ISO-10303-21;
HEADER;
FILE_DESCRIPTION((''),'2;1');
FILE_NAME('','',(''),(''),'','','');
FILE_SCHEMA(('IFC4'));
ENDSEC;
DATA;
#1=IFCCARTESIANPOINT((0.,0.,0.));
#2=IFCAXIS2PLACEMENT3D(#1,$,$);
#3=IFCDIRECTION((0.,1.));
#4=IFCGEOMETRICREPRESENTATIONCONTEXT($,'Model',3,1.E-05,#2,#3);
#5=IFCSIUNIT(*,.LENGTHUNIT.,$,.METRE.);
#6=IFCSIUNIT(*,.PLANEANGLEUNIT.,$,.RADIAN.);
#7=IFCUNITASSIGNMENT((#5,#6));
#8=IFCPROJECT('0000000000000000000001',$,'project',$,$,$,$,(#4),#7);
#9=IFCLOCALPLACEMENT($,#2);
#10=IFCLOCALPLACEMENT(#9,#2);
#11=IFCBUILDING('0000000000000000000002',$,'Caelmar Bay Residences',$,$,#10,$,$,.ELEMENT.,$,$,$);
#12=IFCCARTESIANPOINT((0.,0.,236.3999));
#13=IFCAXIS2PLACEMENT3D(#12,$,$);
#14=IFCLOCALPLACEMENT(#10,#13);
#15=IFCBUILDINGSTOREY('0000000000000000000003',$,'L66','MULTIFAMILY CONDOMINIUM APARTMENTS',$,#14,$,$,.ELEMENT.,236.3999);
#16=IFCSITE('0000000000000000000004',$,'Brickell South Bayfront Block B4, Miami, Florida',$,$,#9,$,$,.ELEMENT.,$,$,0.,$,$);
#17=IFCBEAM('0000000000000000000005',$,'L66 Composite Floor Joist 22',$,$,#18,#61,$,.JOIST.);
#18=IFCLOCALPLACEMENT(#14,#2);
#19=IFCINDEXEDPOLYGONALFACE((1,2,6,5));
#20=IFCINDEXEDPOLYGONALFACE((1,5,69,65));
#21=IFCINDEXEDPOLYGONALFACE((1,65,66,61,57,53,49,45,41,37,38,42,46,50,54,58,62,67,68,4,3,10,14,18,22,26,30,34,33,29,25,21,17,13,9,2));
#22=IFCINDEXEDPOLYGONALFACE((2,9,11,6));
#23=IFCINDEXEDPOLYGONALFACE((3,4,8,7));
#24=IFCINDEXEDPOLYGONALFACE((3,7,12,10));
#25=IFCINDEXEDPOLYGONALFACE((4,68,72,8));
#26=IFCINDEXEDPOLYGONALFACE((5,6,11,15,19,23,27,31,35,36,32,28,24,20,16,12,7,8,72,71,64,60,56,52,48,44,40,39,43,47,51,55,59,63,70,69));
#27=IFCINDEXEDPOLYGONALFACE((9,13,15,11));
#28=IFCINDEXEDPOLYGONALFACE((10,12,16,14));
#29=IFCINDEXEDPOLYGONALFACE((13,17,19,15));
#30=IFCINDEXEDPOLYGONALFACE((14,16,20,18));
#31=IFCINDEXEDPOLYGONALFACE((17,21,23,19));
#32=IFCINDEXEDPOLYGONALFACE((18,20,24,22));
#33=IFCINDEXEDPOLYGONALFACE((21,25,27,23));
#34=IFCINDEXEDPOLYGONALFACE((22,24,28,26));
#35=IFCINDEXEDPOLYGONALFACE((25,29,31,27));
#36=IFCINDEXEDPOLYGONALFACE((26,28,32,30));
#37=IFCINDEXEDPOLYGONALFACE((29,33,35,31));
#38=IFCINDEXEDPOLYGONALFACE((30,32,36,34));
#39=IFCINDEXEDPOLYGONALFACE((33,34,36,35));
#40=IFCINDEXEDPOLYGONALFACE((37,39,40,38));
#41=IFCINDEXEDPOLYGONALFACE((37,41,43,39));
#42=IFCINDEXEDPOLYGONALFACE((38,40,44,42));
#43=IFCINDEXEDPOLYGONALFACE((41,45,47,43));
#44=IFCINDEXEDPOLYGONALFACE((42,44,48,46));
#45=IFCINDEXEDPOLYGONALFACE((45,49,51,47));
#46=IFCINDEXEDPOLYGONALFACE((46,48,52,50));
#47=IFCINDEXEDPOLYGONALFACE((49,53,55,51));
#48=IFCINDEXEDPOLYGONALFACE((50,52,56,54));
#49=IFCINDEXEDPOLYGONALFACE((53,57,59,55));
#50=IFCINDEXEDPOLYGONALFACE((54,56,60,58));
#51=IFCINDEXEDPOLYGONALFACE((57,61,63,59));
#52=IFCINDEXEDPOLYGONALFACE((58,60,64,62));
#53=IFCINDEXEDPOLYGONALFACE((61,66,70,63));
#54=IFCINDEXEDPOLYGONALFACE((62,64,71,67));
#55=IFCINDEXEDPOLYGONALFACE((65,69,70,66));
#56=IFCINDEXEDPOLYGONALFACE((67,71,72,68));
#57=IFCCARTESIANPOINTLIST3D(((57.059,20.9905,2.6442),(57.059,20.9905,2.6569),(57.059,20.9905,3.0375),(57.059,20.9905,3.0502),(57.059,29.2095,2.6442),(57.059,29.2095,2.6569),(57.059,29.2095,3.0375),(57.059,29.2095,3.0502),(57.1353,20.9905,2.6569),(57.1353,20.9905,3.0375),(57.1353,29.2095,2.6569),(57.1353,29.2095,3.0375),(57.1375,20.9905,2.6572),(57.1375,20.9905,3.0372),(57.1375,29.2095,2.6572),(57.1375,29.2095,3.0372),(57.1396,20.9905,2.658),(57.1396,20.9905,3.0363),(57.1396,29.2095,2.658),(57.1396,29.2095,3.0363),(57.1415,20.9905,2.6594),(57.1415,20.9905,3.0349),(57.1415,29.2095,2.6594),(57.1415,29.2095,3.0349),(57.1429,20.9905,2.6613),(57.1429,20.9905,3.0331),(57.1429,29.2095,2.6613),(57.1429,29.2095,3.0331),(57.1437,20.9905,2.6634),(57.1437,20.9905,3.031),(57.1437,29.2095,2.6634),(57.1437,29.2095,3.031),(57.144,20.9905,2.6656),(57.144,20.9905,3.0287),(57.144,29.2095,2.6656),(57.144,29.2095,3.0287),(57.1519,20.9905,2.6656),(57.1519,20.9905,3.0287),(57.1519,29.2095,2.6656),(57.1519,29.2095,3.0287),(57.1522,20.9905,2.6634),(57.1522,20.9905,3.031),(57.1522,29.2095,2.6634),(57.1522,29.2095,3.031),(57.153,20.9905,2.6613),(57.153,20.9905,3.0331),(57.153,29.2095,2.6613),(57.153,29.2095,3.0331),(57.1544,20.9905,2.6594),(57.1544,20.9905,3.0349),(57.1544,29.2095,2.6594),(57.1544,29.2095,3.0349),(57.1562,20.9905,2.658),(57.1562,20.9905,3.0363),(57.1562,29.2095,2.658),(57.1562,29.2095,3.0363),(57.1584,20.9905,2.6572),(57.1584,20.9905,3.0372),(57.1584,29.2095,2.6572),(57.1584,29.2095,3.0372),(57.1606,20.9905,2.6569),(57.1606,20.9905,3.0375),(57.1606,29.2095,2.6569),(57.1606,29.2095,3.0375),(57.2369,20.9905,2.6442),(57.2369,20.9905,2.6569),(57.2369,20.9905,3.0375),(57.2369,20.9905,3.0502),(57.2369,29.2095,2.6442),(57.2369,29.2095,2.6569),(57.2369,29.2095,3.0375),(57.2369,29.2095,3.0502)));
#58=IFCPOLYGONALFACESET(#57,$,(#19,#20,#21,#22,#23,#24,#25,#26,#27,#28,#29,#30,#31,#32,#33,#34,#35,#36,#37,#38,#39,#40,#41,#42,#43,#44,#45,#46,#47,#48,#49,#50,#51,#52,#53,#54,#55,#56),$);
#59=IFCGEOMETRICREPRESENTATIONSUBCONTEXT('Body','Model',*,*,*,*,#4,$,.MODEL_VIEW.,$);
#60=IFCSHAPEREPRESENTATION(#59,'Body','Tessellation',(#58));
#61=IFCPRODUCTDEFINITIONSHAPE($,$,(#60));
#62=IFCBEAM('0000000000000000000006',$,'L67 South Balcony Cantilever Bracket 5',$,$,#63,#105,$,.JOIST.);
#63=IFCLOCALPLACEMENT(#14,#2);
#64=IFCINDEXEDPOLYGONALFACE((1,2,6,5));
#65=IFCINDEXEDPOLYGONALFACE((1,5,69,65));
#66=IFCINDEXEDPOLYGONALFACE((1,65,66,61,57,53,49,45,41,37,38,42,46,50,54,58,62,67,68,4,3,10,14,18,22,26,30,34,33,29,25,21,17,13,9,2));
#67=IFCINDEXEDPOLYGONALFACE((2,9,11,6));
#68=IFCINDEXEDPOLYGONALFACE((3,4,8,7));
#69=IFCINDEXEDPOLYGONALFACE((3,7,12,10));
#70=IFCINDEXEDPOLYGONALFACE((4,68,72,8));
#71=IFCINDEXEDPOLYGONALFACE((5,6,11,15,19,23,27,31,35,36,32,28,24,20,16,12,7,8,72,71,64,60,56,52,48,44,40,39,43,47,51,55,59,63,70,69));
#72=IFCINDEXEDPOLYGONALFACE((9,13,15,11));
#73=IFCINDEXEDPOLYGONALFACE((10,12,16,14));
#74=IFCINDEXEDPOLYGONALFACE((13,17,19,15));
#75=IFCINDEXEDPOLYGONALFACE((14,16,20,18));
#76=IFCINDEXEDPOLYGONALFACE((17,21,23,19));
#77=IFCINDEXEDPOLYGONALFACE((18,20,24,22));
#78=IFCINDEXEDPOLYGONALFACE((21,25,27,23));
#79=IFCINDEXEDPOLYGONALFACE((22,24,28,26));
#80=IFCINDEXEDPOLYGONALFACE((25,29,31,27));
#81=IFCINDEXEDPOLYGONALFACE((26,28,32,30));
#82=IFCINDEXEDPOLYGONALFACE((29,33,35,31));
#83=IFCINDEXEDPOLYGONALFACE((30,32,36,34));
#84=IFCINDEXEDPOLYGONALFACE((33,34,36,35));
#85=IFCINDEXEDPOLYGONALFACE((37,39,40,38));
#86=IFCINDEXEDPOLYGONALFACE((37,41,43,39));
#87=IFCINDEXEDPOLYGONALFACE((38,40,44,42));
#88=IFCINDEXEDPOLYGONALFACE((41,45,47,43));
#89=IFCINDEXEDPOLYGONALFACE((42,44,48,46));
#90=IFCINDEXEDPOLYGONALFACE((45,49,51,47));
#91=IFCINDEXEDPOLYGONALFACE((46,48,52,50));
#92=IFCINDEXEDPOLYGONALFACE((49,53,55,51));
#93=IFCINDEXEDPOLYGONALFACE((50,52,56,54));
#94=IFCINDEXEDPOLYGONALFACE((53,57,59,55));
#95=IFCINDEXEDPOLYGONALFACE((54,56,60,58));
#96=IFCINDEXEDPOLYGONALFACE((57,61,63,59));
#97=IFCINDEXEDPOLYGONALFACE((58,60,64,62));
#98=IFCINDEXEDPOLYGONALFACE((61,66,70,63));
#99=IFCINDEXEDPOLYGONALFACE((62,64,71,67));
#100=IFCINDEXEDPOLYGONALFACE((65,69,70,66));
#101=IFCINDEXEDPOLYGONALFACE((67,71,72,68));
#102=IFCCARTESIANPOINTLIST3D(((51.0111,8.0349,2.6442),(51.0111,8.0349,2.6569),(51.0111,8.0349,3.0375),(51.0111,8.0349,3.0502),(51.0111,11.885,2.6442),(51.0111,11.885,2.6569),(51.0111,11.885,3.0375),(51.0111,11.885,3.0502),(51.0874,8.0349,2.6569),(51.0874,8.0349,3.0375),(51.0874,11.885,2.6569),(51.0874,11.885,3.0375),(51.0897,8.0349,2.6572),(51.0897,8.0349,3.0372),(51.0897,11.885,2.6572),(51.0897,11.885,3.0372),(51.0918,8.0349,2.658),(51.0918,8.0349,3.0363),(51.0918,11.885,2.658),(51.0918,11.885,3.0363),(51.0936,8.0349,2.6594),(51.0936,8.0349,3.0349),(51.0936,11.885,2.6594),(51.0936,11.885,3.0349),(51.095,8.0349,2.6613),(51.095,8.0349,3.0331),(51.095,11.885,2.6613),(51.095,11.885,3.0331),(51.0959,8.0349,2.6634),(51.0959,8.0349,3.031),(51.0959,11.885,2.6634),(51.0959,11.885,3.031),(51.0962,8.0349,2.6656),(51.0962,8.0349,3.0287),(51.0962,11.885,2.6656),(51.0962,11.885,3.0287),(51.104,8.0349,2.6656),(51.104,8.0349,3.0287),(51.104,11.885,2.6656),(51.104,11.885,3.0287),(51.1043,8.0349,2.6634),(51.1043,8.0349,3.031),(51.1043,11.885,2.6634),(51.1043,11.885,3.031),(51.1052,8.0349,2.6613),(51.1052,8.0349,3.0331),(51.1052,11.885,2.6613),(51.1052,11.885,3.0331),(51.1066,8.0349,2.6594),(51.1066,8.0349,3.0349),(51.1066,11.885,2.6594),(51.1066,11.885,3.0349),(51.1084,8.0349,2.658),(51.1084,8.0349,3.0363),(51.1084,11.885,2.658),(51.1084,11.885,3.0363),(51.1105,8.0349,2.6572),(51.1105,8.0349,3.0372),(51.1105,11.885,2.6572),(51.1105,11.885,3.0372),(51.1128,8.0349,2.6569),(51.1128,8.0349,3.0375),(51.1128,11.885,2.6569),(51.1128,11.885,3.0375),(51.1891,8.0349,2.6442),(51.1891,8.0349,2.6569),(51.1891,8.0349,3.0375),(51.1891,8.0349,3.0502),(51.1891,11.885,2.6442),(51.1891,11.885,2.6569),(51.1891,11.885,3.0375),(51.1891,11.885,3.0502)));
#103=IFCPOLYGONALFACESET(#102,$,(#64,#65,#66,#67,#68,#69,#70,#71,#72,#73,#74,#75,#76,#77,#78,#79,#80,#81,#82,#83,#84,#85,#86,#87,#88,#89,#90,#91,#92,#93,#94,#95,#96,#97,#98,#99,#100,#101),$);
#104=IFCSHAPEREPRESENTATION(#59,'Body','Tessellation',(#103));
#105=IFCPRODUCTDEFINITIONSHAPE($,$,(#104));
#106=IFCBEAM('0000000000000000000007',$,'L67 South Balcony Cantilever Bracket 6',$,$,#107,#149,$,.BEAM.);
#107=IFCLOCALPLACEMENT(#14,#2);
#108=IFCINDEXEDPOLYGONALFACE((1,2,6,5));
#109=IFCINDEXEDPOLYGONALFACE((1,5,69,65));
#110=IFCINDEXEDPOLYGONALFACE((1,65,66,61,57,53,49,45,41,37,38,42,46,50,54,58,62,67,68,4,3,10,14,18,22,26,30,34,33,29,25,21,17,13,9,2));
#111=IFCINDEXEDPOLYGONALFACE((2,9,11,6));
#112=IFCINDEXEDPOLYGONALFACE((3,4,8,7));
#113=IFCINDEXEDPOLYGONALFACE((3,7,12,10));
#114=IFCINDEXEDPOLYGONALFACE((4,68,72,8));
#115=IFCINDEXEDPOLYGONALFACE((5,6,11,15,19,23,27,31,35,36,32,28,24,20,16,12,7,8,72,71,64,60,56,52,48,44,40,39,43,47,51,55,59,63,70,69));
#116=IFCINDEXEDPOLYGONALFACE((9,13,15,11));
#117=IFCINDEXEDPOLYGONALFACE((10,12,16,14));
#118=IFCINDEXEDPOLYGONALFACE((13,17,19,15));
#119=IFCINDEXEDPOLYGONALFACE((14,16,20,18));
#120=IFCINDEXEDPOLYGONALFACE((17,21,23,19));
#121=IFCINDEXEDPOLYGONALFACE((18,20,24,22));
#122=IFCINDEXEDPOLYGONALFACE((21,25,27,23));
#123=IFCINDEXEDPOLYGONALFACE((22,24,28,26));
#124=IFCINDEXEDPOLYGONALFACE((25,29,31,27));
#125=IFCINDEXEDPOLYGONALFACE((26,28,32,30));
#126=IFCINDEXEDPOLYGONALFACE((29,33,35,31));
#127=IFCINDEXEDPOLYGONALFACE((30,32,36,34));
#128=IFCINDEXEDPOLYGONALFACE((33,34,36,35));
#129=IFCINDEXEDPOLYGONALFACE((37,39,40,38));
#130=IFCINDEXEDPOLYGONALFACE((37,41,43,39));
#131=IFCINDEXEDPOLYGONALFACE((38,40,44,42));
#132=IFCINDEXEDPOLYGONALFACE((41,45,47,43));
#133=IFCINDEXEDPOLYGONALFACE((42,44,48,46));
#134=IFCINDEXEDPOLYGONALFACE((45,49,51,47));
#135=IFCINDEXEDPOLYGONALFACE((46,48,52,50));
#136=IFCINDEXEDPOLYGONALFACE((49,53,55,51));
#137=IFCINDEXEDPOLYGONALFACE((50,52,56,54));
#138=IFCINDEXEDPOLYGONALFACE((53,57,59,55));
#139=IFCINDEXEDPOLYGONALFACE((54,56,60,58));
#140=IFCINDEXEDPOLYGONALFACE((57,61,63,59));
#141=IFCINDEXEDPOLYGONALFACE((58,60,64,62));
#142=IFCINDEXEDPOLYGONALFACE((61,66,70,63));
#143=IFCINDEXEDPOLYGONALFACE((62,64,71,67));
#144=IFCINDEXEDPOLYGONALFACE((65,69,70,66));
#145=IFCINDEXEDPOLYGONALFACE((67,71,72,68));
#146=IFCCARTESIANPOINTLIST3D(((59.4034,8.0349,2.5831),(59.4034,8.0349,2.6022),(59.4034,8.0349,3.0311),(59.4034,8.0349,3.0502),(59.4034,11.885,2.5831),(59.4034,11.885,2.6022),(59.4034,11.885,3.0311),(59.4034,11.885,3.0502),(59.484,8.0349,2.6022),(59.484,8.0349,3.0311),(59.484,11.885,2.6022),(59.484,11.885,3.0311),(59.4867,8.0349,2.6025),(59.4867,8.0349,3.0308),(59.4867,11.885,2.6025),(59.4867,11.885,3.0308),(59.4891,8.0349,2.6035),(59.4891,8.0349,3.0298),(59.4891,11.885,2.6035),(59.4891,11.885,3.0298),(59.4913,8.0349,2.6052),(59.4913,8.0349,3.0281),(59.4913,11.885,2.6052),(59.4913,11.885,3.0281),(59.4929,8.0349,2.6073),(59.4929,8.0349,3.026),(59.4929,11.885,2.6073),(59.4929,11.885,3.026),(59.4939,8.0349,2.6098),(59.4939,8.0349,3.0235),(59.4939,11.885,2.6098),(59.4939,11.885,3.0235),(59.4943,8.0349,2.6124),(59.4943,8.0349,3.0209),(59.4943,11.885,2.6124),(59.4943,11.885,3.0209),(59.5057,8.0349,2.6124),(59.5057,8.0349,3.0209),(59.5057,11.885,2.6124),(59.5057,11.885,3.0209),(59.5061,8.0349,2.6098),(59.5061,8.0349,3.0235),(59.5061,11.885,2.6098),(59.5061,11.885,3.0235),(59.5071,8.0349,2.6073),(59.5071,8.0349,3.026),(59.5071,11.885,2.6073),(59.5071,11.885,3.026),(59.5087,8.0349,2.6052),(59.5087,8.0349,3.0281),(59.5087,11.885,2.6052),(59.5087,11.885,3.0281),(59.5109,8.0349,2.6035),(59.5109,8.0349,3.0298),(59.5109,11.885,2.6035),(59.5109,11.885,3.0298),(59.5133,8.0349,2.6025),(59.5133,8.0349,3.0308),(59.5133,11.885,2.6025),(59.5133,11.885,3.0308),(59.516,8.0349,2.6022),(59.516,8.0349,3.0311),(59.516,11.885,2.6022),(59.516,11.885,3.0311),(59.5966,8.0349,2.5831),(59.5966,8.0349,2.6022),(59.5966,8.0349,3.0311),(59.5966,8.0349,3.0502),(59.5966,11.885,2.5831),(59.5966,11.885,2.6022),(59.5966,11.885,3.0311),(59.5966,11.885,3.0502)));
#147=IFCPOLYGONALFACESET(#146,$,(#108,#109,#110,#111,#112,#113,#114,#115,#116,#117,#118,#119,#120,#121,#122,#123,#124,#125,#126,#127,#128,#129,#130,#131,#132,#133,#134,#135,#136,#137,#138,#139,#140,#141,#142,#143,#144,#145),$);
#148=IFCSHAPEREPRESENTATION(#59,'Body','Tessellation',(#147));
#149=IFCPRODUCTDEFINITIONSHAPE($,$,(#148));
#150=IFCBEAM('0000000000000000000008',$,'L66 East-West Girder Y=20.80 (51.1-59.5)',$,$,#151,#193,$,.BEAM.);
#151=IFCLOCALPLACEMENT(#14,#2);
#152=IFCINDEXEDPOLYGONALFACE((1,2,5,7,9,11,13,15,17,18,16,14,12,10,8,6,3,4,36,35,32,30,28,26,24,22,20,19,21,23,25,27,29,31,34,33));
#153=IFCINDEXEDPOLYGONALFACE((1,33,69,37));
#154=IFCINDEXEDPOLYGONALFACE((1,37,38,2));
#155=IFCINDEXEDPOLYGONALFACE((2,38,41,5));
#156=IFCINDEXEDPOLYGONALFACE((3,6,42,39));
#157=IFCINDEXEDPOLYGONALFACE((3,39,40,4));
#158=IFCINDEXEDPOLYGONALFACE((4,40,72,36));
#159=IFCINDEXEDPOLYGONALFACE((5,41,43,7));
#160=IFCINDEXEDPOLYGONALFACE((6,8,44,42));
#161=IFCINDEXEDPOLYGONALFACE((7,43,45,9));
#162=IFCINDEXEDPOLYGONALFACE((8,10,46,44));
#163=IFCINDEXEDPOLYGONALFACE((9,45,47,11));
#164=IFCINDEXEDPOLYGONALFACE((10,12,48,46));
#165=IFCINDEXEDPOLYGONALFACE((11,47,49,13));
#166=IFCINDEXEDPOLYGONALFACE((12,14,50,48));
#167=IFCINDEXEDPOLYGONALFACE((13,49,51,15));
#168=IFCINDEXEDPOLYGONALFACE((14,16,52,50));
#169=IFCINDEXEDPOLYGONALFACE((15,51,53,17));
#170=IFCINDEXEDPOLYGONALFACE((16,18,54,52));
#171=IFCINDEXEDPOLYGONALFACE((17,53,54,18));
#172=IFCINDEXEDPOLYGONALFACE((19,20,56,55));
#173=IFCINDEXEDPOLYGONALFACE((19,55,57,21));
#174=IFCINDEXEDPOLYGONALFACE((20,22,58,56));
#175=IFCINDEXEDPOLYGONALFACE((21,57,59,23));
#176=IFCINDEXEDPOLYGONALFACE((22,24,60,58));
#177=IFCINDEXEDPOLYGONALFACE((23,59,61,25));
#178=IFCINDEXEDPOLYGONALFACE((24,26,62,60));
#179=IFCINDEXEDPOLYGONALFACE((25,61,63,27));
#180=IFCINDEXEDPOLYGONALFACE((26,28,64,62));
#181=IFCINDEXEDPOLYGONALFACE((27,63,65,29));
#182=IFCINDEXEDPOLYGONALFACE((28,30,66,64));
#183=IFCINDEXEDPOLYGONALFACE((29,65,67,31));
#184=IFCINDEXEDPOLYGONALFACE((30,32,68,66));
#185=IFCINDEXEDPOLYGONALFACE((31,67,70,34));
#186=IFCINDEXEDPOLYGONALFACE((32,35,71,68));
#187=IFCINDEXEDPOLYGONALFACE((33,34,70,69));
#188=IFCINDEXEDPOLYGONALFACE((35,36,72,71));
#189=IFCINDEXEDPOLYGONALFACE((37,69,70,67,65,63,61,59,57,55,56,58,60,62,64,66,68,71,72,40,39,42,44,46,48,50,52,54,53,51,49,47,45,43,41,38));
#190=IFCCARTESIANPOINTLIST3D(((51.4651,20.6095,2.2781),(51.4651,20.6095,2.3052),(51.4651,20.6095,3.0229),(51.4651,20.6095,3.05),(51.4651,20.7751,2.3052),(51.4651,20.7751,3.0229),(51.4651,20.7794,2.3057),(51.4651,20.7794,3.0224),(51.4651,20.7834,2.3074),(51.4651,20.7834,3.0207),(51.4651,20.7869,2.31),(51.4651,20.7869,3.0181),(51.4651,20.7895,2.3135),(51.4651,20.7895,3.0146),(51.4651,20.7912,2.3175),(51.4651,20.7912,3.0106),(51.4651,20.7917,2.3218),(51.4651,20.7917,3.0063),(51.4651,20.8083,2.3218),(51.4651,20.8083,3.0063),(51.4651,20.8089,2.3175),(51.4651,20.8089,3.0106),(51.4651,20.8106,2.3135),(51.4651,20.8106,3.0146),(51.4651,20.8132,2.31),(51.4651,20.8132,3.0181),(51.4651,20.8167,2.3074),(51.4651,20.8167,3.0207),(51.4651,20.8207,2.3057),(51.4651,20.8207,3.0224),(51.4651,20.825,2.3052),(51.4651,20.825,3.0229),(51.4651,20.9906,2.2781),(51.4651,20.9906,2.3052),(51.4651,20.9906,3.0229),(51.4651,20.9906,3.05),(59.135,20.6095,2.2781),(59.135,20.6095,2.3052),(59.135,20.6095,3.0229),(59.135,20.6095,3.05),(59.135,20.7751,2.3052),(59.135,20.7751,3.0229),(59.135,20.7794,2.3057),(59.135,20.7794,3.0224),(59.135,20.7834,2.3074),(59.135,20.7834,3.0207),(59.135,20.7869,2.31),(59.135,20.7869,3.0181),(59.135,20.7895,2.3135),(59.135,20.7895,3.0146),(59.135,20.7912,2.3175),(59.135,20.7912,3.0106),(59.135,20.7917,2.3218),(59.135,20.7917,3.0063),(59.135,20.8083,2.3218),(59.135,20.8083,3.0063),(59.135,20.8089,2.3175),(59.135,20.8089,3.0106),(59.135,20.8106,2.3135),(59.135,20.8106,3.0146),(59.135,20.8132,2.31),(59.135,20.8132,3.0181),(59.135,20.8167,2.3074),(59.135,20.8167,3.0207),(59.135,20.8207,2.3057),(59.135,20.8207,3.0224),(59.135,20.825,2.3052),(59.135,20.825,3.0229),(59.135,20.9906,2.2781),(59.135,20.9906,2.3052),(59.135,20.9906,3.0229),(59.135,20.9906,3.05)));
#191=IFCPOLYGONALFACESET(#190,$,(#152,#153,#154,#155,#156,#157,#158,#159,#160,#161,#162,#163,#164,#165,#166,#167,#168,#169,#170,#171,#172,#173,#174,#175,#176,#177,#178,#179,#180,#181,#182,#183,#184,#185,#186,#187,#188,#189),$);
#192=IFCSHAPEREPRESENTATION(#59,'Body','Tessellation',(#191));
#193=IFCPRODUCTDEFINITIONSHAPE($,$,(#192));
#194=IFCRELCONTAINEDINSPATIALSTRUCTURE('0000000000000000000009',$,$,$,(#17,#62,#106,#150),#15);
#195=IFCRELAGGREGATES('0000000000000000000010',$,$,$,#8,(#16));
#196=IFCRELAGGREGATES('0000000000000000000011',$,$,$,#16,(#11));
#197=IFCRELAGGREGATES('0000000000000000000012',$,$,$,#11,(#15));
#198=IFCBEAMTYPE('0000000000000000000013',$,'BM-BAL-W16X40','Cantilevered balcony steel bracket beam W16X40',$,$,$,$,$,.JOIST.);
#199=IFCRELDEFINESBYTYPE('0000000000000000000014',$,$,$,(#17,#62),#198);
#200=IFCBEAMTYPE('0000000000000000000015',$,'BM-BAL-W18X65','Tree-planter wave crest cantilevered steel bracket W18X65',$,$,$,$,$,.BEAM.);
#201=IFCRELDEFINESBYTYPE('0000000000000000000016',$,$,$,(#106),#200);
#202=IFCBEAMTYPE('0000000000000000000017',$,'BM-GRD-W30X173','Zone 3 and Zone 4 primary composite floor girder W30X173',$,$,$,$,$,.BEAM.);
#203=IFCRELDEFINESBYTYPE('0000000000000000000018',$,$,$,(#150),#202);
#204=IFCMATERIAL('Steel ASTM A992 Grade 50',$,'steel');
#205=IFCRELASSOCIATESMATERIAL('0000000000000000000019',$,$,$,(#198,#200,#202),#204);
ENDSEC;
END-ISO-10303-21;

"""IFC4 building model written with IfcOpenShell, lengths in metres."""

from ifc_helpers import new_model, si_unit, direction, frame, origin, origin_2d, place, context, subcontext, project, spatial, i_section, extrude, material, material_profile, profile_set, type_object, element, save


model = new_model("IFC4")

# Units and contexts
model_context = context("Model", 3, precision=1e-05, world=origin(), true_north=direction((0.0, 1.0)))
body_context = subcontext(model_context, "Body", "Model", "MODEL_VIEW")
ifc_project = project(units=[si_unit("LENGTHUNIT", "METRE"), si_unit("PLANEANGLEUNIT", "RADIAN")], contexts=[model_context])

# Site, building, storey
site_placement = place(None, origin())
site = spatial("IfcSite", under=ifc_project, at=site_placement, Name="Brickell South Bayfront Block B4, Miami, Florida", CompositionType="ELEMENT", RefElevation=0.0)
building_placement = place(site_placement, origin())
building = spatial("IfcBuilding", under=site, at=building_placement, Name="Caelmar Bay Residences", CompositionType="ELEMENT")
storey_placement = place(building_placement, frame((0.0, 0.0, 236.3999)))
storey = spatial("IfcBuildingStorey", under=building, at=storey_placement, Name="L66", Description="MULTIFAMILY CONDOMINIUM APARTMENTS", CompositionType="ELEMENT", Elevation=236.3999)

# Beams
ifc_material_1 = material(Name="Steel ASTM A992 Grade 50", Category="steel")
ifc_material_profile_1 = material_profile(ifc_material_1, i_section(OverallWidth=0.178, OverallDepth=0.406, WebThickness=0.0078, FlangeThickness=0.0127, FilletRadius=0.0088, at=origin_2d()), Name="W16X40")
ifc_profile_set_1 = profile_set([ifc_material_profile_1], Name="Steel ASTM A992 Grade 50")
beam_type_1 = type_object("IfcBeamType", Name="BM-BAL-W16X40", Description="Cantilevered balcony steel bracket beam W16X40", PredefinedType="JOIST", material=ifc_profile_set_1)
for number, where, z_axis, x_axis, name in (
    (1, (57.1479, 20.9905, 2.8472), (0.0, 1.0, 0.0), (-1.0, 0.0, 0.0), "L66 Composite Floor Joist 22"),
):
    element("IfcBeam", number, at=place(storey_placement, frame(where, z_axis=z_axis, x_axis=x_axis)), inside=storey, type_object=beam_type_1, Name=name, PredefinedType="JOIST", context=body_context, shape_type="SweptSolid", body=[
        extrude(i_section(OverallWidth=0.178, OverallDepth=0.406, WebThickness=0.0078, FlangeThickness=0.0127, FilletRadius=0.0088, at=origin_2d()), origin(), (0.0, 0.0, 1.0), 8.219),
    ])
beam_1_placement = place(storey_placement, frame((51.1001, 11.885, 2.8472), z_axis=(0.0, -1.0, 0.0), x_axis=(1.0, 0.0, 0.0)))
element("IfcBeam", 2, at=beam_1_placement, inside=storey, type_object=beam_type_1, Name="L67 South Balcony Cantilever Bracket 5", PredefinedType="JOIST", context=body_context, shape_type="SweptSolid", body=[
    extrude(i_section(OverallWidth=0.178, OverallDepth=0.406, WebThickness=0.0078, FlangeThickness=0.0127, FilletRadius=0.0088, at=origin_2d()), origin(), (0.0, 0.0, 1.0), 3.8501),
])
ifc_material_profile_2 = material_profile(ifc_material_1, i_section(OverallWidth=0.1931, OverallDepth=0.467, WebThickness=0.0115, FlangeThickness=0.019, FilletRadius=0.0103, at=origin_2d()), Name="W18X65")
ifc_profile_set_2 = profile_set([ifc_material_profile_2], Name="Steel ASTM A992 Grade 50")
beam_type_2 = type_object("IfcBeamType", Name="BM-BAL-W18X65", Description="Tree-planter wave crest cantilevered steel bracket W18X65", PredefinedType="BEAM", material=ifc_profile_set_2)
beam_2_placement = place(storey_placement, frame((59.5, 11.885, 2.8167), z_axis=(0.0, -1.0, 0.0), x_axis=(1.0, 0.0, 0.0)))
element("IfcBeam", 3, at=beam_2_placement, inside=storey, type_object=beam_type_2, Name="L67 South Balcony Cantilever Bracket 6", PredefinedType="BEAM", context=body_context, shape_type="SweptSolid", body=[
    extrude(i_section(OverallWidth=0.1931, OverallDepth=0.467, WebThickness=0.0115, FlangeThickness=0.019, FilletRadius=0.0103, at=origin_2d()), origin(), (0.0, 0.0, 1.0), 3.8501),
])
ifc_material_profile_3 = material_profile(ifc_material_1, i_section(OverallWidth=0.3811, OverallDepth=0.772, WebThickness=0.0166, FlangeThickness=0.0271, FilletRadius=0.0166, at=origin_2d()), Name="W30X173")
ifc_profile_set_3 = profile_set([ifc_material_profile_3], Name="Steel ASTM A992 Grade 50")
beam_type_3 = type_object("IfcBeamType", Name="BM-GRD-W30X173", Description="Zone 3 and Zone 4 primary composite floor girder W30X173", PredefinedType="BEAM", material=ifc_profile_set_3)
beam_3_placement = place(storey_placement, frame((51.4651, 20.8, 2.6641), z_axis=(1.0, 0.0, 0.0), x_axis=(0.0, 1.0, 0.0)))
element("IfcBeam", 4, at=beam_3_placement, inside=storey, type_object=beam_type_3, Name="L66 East-West Girder Y=20.80 (51.1-59.5)", PredefinedType="BEAM", context=body_context, shape_type="SweptSolid", body=[
    extrude(i_section(OverallWidth=0.3811, OverallDepth=0.772, WebThickness=0.0166, FlangeThickness=0.0271, FilletRadius=0.0166, at=origin_2d()), origin(), (0.0, 0.0, 1.0), 7.6699),
])

save(model, "model.ifc")
